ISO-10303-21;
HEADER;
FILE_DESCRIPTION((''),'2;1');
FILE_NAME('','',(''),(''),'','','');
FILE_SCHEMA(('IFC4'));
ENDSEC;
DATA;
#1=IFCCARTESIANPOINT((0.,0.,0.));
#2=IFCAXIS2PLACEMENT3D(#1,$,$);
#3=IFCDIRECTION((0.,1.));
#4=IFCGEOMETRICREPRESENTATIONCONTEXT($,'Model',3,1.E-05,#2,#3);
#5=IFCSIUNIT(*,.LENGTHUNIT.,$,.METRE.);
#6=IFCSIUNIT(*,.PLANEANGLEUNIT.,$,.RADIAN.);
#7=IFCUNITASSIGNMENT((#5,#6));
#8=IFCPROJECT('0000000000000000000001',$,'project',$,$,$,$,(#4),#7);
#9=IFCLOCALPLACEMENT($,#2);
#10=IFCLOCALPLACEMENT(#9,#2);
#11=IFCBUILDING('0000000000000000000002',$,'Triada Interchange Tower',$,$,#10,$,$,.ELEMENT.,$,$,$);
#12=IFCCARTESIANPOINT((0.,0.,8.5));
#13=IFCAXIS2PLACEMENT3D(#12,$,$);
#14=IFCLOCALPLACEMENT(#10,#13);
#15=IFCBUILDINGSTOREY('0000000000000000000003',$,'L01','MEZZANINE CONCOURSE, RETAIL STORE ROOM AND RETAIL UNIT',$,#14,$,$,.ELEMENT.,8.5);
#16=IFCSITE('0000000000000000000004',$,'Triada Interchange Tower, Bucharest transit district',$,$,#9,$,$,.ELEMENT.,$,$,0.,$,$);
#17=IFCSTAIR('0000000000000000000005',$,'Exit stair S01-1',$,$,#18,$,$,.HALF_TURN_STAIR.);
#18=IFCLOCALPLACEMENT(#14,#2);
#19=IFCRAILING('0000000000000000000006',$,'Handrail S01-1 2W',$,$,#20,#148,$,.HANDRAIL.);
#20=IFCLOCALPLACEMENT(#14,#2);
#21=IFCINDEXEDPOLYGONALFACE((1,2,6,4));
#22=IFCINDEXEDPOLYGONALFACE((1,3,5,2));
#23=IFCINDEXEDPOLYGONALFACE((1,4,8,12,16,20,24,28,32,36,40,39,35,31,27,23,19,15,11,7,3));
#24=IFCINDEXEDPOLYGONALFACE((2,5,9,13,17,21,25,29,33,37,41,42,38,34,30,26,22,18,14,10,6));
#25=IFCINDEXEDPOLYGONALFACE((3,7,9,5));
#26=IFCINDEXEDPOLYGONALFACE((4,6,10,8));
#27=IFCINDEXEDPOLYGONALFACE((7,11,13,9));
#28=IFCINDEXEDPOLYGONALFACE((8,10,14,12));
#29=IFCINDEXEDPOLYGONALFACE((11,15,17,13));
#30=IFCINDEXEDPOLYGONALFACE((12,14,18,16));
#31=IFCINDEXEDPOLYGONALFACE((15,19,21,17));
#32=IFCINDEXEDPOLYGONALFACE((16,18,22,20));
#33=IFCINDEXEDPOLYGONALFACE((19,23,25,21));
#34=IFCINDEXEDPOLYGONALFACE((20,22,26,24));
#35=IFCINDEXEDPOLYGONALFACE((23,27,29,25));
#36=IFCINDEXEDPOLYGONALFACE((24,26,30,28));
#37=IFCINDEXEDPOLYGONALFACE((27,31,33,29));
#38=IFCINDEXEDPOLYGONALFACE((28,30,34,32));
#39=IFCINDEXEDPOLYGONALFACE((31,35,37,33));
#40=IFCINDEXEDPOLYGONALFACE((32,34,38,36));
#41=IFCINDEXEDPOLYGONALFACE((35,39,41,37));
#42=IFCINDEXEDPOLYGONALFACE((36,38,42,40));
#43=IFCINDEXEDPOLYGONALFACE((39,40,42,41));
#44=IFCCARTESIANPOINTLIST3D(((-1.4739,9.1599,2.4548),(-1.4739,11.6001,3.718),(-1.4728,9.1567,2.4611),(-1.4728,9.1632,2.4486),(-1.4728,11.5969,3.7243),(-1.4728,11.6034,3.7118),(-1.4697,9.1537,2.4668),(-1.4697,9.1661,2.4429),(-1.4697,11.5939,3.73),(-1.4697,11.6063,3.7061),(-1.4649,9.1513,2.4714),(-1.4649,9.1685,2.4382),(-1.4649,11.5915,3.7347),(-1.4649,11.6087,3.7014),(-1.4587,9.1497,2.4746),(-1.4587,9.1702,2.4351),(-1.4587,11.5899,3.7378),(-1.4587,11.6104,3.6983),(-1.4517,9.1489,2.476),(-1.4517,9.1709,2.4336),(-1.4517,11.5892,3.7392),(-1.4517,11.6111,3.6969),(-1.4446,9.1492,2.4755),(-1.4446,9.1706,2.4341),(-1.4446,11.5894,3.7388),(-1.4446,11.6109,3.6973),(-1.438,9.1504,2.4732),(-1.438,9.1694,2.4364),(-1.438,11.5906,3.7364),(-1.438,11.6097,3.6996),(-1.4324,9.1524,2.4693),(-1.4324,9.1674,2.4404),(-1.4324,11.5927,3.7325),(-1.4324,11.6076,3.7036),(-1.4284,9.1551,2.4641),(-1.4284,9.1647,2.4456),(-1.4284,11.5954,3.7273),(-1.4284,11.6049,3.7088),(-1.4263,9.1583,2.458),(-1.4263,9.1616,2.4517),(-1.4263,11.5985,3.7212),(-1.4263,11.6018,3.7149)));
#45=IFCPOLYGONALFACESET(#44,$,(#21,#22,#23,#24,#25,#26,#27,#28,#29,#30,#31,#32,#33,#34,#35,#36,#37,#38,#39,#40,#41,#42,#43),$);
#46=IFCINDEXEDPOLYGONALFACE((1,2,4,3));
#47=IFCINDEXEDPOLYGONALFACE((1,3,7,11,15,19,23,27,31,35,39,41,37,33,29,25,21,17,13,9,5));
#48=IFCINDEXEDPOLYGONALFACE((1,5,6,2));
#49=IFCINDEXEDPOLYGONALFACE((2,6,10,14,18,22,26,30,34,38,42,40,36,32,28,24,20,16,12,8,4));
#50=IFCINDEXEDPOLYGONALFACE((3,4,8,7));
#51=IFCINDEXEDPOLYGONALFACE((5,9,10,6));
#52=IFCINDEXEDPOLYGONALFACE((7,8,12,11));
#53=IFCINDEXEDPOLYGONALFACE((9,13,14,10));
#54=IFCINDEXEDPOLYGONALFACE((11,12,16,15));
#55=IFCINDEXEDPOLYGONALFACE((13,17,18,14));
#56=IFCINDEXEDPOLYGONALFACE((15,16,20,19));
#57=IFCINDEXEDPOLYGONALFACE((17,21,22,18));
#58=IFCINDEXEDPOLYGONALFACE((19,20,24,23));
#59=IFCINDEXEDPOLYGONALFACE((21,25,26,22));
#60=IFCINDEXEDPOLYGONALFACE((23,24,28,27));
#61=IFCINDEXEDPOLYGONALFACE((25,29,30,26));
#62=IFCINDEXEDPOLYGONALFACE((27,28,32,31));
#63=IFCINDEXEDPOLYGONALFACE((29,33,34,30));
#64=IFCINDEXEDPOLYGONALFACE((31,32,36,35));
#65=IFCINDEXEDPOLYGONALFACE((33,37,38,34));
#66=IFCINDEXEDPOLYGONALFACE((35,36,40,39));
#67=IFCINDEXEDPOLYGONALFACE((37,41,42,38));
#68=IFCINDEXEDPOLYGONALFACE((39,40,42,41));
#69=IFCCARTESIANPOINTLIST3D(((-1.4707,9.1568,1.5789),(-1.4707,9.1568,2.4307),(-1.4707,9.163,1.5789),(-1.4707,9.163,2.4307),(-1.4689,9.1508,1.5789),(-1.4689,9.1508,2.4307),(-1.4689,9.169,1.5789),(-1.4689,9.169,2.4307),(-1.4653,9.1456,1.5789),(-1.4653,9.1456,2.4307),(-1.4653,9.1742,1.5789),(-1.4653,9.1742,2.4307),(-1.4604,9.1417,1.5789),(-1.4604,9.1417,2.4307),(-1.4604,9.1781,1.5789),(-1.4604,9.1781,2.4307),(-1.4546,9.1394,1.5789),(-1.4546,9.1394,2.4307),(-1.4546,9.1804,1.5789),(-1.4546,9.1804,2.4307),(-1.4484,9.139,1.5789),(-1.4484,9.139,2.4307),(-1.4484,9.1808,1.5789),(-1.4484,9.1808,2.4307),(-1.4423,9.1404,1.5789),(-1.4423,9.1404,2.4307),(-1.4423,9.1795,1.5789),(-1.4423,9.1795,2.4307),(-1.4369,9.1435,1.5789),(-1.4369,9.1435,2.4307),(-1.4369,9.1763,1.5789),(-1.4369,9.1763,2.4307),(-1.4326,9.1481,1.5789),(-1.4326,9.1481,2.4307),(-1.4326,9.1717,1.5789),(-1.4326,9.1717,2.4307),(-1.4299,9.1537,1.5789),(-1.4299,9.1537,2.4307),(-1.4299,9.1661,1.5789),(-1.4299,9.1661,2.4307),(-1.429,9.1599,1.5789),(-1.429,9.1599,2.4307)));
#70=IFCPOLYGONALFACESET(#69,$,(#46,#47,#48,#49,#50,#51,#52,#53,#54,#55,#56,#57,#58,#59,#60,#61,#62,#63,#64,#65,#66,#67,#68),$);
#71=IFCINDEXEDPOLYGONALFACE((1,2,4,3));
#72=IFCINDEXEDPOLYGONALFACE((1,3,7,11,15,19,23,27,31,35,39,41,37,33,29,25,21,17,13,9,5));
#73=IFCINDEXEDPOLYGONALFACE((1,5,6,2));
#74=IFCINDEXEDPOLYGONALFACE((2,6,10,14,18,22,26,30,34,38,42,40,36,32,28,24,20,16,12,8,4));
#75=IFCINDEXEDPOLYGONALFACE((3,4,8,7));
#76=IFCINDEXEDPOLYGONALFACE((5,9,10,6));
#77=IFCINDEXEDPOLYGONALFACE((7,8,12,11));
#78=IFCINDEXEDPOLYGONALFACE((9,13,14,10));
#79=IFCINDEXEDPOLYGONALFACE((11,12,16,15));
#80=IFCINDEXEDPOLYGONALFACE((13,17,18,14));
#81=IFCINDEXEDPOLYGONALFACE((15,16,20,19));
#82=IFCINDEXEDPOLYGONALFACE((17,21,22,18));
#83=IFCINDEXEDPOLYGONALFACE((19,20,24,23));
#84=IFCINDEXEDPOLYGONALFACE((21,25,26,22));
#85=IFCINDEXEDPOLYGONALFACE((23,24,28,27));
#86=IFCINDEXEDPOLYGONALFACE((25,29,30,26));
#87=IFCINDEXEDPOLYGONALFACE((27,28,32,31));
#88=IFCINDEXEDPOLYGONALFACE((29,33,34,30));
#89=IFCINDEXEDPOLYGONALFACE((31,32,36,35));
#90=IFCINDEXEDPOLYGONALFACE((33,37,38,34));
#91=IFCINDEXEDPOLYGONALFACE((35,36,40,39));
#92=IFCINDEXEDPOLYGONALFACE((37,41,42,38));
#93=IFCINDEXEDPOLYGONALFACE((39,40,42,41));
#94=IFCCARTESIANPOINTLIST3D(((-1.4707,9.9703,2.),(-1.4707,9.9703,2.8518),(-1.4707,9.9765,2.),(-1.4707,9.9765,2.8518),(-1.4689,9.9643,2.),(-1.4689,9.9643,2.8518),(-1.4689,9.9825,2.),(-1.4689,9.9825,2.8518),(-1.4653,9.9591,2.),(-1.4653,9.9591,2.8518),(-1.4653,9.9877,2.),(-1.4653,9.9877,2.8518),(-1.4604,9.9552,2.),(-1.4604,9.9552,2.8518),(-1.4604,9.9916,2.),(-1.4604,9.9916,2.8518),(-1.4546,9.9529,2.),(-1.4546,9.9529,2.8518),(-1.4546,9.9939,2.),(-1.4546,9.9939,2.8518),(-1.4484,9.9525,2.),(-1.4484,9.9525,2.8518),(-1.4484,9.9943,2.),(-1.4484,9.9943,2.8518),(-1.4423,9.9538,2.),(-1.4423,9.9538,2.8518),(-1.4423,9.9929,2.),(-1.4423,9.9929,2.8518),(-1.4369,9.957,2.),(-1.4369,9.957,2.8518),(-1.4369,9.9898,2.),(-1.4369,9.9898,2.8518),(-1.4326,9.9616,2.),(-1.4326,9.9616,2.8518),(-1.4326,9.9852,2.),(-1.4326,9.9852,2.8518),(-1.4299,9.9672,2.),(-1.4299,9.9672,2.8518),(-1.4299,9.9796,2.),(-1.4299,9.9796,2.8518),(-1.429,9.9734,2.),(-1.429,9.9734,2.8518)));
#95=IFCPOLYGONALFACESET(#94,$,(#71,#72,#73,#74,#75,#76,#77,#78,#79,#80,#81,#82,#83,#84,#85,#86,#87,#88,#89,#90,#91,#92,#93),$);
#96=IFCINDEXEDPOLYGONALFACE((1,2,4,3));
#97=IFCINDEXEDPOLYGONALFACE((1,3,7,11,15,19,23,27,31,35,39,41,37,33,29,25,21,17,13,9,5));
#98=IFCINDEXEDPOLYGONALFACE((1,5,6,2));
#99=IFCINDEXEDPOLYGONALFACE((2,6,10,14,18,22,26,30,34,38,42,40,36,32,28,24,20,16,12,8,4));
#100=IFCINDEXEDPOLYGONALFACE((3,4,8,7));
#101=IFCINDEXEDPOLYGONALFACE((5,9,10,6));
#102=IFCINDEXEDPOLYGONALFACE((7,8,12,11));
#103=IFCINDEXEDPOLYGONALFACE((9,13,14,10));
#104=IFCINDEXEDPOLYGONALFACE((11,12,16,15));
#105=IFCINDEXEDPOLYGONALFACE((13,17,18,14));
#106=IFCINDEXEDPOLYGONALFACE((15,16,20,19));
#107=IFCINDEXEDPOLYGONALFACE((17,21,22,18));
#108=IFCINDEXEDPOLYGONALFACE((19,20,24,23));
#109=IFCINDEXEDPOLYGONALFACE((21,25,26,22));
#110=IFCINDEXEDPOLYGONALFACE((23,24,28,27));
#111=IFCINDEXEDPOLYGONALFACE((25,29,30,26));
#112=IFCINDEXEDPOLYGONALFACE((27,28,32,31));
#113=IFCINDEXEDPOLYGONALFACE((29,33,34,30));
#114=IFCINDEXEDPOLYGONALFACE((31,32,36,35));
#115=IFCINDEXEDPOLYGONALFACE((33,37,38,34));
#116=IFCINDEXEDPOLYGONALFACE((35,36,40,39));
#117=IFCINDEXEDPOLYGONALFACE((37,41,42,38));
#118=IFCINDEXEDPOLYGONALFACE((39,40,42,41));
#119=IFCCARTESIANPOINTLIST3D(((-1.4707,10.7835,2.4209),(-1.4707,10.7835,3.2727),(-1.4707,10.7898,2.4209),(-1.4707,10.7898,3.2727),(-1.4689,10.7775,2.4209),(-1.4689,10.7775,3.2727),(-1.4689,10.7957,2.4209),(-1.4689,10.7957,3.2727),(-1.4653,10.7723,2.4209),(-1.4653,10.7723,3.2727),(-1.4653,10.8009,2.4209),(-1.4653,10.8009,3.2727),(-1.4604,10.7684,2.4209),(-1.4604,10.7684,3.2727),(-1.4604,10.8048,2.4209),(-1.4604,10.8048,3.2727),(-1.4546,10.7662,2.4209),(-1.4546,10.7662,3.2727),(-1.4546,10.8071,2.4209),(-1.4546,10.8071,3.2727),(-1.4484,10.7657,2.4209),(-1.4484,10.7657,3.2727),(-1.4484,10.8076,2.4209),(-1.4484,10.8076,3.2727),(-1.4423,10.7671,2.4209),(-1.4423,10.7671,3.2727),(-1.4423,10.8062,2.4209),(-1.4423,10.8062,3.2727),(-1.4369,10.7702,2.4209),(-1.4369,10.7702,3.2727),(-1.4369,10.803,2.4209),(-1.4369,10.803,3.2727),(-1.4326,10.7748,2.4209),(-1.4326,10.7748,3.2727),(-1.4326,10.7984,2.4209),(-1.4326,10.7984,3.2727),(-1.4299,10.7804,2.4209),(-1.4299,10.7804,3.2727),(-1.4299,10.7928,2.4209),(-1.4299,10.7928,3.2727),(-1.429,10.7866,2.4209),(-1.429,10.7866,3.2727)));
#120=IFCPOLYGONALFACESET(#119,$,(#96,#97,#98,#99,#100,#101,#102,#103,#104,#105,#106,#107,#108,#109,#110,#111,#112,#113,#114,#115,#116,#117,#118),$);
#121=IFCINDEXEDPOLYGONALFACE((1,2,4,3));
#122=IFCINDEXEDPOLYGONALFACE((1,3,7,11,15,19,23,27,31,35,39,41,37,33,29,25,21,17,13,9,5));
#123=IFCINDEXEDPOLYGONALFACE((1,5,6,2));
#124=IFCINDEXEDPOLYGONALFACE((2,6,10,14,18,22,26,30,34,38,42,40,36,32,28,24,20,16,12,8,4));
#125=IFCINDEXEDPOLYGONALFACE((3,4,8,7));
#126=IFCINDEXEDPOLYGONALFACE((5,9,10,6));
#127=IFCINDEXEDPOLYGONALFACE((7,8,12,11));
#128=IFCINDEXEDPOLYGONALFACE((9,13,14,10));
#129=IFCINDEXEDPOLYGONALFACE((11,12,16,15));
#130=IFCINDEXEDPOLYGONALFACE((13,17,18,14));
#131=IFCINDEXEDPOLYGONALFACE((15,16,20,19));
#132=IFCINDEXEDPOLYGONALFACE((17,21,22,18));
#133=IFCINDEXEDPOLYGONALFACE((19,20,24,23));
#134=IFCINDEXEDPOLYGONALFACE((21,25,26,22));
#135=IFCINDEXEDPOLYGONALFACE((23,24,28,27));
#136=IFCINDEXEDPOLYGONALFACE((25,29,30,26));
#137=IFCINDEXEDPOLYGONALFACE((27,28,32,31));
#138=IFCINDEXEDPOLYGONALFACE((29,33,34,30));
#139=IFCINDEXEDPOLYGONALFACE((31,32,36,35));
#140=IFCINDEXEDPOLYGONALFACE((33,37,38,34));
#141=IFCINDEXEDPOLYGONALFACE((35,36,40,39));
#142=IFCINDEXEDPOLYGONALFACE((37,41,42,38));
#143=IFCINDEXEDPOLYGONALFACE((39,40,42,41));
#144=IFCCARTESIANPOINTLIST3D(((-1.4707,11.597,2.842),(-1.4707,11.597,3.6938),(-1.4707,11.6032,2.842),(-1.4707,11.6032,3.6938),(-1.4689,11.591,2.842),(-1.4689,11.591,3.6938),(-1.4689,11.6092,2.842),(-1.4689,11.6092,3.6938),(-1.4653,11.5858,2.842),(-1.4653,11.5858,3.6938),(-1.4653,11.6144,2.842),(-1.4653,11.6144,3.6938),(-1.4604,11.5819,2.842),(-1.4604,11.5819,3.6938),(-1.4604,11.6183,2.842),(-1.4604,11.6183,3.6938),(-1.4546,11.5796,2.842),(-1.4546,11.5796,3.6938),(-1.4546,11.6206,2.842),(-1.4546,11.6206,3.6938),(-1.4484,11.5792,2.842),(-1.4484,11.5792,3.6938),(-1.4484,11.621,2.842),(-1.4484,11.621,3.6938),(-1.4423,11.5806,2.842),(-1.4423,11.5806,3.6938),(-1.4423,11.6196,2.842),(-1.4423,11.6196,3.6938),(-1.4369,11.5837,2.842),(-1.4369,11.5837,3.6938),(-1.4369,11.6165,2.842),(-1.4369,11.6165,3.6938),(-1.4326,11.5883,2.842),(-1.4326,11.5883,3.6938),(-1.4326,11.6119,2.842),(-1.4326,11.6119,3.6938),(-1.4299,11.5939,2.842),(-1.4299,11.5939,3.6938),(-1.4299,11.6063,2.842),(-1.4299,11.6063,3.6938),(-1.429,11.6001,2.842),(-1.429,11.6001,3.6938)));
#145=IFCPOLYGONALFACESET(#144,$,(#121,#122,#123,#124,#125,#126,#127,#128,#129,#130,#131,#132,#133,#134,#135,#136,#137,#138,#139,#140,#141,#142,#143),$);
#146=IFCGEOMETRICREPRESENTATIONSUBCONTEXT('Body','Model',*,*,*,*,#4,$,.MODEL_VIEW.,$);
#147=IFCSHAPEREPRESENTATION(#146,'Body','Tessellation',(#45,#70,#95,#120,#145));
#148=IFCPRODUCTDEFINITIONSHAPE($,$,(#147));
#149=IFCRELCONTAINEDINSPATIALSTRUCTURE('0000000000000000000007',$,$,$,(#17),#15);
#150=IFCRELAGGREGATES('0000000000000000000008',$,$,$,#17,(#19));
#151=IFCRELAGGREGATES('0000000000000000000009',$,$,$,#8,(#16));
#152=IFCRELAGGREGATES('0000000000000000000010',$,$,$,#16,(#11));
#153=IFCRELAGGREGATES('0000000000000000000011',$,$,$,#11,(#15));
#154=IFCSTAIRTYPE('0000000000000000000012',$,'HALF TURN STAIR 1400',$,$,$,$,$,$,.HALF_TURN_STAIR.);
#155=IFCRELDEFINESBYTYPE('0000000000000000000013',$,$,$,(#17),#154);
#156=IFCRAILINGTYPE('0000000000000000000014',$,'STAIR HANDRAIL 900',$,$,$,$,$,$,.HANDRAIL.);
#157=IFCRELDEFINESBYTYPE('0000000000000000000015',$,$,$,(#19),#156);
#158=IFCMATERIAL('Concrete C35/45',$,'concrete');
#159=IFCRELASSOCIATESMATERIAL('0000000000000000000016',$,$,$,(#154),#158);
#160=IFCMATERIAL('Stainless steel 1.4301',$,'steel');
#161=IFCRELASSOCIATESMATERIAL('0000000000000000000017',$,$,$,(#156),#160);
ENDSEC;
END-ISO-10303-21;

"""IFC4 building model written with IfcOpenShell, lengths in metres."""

from ifc_helpers import new_model, si_unit, direction, frame, origin, origin_2d, place, context, subcontext, project, spatial, circle, extrude, material, type_object, element, aggregate, save


model = new_model("IFC4")

# Units and contexts
model_context = context("Model", 3, precision=1e-05, world=origin(), true_north=direction((0.0, 1.0)))
body_context = subcontext(model_context, "Body", "Model", "MODEL_VIEW")
ifc_project = project(units=[si_unit("LENGTHUNIT", "METRE"), si_unit("PLANEANGLEUNIT", "RADIAN")], contexts=[model_context])

# Site, building, storey
site_placement = place(None, origin())
site = spatial("IfcSite", under=ifc_project, at=site_placement, Name="Triada Interchange Tower, Bucharest transit district", CompositionType="ELEMENT", RefElevation=0.0)
building_placement = place(site_placement, origin())
building = spatial("IfcBuilding", under=site, at=building_placement, Name="Triada Interchange Tower", CompositionType="ELEMENT")
storey_placement = place(building_placement, frame((0.0, 0.0, 8.5)))
storey = spatial("IfcBuildingStorey", under=building, at=storey_placement, Name="L01", Description="MEZZANINE CONCOURSE, RETAIL STORE ROOM AND RETAIL UNIT", CompositionType="ELEMENT", Elevation=8.5)

# Stair, railing
ifc_material_1 = material(Name="Concrete C35/45", Category="concrete")
stair_type = type_object("IfcStairType", Name="HALF TURN STAIR 1400", PredefinedType="HALF_TURN_STAIR", material=ifc_material_1)
stair_placement = place(storey_placement, origin())
stair = element("IfcStair", 1, at=stair_placement, inside=storey, type_object=stair_type, Name="Exit stair S01-1", PredefinedType="HALF_TURN_STAIR")
ifc_material_2 = material(Name="Stainless steel 1.4301", Category="steel")
railing_type = type_object("IfcRailingType", Name="STAIR HANDRAIL 900", PredefinedType="HANDRAIL", material=ifc_material_2)
railing_1_placement = place(storey_placement, frame((-1.45, 9.1599, 1.5789)))
railing_1 = element("IfcRailing", 2, at=railing_1_placement, type_object=railing_type, Name="Handrail S01-1 2W", PredefinedType="HANDRAIL", context=body_context, shape_type="SweptSolid", body=[
    extrude(circle(Radius=0.0239, at=origin_2d()), frame((0.0, 0.0, 0.876), z_axis=(0.0, 0.888066, 0.459715), x_axis=(-1.0, 0.0, 0.0)), (0.0, 0.0, 1.0), 2.7478),
    extrude(circle(Radius=0.021, at=origin_2d()), origin(), (0.0, 0.0, 1.0), 0.8518),
    extrude(circle(Radius=0.021, at=origin_2d()), frame((0.0, 0.8135, 0.4211)), (0.0, 0.0, 1.0), 0.8518),
    extrude(circle(Radius=0.021, at=origin_2d()), frame((0.0, 1.6267, 0.842)), (0.0, 0.0, 1.0), 0.8518),
    extrude(circle(Radius=0.021, at=origin_2d()), frame((0.0, 2.4402, 1.2632)), (0.0, 0.0, 1.0), 0.8518),
])
aggregate(stair, [railing_1])

save(model, "model.ifc")
